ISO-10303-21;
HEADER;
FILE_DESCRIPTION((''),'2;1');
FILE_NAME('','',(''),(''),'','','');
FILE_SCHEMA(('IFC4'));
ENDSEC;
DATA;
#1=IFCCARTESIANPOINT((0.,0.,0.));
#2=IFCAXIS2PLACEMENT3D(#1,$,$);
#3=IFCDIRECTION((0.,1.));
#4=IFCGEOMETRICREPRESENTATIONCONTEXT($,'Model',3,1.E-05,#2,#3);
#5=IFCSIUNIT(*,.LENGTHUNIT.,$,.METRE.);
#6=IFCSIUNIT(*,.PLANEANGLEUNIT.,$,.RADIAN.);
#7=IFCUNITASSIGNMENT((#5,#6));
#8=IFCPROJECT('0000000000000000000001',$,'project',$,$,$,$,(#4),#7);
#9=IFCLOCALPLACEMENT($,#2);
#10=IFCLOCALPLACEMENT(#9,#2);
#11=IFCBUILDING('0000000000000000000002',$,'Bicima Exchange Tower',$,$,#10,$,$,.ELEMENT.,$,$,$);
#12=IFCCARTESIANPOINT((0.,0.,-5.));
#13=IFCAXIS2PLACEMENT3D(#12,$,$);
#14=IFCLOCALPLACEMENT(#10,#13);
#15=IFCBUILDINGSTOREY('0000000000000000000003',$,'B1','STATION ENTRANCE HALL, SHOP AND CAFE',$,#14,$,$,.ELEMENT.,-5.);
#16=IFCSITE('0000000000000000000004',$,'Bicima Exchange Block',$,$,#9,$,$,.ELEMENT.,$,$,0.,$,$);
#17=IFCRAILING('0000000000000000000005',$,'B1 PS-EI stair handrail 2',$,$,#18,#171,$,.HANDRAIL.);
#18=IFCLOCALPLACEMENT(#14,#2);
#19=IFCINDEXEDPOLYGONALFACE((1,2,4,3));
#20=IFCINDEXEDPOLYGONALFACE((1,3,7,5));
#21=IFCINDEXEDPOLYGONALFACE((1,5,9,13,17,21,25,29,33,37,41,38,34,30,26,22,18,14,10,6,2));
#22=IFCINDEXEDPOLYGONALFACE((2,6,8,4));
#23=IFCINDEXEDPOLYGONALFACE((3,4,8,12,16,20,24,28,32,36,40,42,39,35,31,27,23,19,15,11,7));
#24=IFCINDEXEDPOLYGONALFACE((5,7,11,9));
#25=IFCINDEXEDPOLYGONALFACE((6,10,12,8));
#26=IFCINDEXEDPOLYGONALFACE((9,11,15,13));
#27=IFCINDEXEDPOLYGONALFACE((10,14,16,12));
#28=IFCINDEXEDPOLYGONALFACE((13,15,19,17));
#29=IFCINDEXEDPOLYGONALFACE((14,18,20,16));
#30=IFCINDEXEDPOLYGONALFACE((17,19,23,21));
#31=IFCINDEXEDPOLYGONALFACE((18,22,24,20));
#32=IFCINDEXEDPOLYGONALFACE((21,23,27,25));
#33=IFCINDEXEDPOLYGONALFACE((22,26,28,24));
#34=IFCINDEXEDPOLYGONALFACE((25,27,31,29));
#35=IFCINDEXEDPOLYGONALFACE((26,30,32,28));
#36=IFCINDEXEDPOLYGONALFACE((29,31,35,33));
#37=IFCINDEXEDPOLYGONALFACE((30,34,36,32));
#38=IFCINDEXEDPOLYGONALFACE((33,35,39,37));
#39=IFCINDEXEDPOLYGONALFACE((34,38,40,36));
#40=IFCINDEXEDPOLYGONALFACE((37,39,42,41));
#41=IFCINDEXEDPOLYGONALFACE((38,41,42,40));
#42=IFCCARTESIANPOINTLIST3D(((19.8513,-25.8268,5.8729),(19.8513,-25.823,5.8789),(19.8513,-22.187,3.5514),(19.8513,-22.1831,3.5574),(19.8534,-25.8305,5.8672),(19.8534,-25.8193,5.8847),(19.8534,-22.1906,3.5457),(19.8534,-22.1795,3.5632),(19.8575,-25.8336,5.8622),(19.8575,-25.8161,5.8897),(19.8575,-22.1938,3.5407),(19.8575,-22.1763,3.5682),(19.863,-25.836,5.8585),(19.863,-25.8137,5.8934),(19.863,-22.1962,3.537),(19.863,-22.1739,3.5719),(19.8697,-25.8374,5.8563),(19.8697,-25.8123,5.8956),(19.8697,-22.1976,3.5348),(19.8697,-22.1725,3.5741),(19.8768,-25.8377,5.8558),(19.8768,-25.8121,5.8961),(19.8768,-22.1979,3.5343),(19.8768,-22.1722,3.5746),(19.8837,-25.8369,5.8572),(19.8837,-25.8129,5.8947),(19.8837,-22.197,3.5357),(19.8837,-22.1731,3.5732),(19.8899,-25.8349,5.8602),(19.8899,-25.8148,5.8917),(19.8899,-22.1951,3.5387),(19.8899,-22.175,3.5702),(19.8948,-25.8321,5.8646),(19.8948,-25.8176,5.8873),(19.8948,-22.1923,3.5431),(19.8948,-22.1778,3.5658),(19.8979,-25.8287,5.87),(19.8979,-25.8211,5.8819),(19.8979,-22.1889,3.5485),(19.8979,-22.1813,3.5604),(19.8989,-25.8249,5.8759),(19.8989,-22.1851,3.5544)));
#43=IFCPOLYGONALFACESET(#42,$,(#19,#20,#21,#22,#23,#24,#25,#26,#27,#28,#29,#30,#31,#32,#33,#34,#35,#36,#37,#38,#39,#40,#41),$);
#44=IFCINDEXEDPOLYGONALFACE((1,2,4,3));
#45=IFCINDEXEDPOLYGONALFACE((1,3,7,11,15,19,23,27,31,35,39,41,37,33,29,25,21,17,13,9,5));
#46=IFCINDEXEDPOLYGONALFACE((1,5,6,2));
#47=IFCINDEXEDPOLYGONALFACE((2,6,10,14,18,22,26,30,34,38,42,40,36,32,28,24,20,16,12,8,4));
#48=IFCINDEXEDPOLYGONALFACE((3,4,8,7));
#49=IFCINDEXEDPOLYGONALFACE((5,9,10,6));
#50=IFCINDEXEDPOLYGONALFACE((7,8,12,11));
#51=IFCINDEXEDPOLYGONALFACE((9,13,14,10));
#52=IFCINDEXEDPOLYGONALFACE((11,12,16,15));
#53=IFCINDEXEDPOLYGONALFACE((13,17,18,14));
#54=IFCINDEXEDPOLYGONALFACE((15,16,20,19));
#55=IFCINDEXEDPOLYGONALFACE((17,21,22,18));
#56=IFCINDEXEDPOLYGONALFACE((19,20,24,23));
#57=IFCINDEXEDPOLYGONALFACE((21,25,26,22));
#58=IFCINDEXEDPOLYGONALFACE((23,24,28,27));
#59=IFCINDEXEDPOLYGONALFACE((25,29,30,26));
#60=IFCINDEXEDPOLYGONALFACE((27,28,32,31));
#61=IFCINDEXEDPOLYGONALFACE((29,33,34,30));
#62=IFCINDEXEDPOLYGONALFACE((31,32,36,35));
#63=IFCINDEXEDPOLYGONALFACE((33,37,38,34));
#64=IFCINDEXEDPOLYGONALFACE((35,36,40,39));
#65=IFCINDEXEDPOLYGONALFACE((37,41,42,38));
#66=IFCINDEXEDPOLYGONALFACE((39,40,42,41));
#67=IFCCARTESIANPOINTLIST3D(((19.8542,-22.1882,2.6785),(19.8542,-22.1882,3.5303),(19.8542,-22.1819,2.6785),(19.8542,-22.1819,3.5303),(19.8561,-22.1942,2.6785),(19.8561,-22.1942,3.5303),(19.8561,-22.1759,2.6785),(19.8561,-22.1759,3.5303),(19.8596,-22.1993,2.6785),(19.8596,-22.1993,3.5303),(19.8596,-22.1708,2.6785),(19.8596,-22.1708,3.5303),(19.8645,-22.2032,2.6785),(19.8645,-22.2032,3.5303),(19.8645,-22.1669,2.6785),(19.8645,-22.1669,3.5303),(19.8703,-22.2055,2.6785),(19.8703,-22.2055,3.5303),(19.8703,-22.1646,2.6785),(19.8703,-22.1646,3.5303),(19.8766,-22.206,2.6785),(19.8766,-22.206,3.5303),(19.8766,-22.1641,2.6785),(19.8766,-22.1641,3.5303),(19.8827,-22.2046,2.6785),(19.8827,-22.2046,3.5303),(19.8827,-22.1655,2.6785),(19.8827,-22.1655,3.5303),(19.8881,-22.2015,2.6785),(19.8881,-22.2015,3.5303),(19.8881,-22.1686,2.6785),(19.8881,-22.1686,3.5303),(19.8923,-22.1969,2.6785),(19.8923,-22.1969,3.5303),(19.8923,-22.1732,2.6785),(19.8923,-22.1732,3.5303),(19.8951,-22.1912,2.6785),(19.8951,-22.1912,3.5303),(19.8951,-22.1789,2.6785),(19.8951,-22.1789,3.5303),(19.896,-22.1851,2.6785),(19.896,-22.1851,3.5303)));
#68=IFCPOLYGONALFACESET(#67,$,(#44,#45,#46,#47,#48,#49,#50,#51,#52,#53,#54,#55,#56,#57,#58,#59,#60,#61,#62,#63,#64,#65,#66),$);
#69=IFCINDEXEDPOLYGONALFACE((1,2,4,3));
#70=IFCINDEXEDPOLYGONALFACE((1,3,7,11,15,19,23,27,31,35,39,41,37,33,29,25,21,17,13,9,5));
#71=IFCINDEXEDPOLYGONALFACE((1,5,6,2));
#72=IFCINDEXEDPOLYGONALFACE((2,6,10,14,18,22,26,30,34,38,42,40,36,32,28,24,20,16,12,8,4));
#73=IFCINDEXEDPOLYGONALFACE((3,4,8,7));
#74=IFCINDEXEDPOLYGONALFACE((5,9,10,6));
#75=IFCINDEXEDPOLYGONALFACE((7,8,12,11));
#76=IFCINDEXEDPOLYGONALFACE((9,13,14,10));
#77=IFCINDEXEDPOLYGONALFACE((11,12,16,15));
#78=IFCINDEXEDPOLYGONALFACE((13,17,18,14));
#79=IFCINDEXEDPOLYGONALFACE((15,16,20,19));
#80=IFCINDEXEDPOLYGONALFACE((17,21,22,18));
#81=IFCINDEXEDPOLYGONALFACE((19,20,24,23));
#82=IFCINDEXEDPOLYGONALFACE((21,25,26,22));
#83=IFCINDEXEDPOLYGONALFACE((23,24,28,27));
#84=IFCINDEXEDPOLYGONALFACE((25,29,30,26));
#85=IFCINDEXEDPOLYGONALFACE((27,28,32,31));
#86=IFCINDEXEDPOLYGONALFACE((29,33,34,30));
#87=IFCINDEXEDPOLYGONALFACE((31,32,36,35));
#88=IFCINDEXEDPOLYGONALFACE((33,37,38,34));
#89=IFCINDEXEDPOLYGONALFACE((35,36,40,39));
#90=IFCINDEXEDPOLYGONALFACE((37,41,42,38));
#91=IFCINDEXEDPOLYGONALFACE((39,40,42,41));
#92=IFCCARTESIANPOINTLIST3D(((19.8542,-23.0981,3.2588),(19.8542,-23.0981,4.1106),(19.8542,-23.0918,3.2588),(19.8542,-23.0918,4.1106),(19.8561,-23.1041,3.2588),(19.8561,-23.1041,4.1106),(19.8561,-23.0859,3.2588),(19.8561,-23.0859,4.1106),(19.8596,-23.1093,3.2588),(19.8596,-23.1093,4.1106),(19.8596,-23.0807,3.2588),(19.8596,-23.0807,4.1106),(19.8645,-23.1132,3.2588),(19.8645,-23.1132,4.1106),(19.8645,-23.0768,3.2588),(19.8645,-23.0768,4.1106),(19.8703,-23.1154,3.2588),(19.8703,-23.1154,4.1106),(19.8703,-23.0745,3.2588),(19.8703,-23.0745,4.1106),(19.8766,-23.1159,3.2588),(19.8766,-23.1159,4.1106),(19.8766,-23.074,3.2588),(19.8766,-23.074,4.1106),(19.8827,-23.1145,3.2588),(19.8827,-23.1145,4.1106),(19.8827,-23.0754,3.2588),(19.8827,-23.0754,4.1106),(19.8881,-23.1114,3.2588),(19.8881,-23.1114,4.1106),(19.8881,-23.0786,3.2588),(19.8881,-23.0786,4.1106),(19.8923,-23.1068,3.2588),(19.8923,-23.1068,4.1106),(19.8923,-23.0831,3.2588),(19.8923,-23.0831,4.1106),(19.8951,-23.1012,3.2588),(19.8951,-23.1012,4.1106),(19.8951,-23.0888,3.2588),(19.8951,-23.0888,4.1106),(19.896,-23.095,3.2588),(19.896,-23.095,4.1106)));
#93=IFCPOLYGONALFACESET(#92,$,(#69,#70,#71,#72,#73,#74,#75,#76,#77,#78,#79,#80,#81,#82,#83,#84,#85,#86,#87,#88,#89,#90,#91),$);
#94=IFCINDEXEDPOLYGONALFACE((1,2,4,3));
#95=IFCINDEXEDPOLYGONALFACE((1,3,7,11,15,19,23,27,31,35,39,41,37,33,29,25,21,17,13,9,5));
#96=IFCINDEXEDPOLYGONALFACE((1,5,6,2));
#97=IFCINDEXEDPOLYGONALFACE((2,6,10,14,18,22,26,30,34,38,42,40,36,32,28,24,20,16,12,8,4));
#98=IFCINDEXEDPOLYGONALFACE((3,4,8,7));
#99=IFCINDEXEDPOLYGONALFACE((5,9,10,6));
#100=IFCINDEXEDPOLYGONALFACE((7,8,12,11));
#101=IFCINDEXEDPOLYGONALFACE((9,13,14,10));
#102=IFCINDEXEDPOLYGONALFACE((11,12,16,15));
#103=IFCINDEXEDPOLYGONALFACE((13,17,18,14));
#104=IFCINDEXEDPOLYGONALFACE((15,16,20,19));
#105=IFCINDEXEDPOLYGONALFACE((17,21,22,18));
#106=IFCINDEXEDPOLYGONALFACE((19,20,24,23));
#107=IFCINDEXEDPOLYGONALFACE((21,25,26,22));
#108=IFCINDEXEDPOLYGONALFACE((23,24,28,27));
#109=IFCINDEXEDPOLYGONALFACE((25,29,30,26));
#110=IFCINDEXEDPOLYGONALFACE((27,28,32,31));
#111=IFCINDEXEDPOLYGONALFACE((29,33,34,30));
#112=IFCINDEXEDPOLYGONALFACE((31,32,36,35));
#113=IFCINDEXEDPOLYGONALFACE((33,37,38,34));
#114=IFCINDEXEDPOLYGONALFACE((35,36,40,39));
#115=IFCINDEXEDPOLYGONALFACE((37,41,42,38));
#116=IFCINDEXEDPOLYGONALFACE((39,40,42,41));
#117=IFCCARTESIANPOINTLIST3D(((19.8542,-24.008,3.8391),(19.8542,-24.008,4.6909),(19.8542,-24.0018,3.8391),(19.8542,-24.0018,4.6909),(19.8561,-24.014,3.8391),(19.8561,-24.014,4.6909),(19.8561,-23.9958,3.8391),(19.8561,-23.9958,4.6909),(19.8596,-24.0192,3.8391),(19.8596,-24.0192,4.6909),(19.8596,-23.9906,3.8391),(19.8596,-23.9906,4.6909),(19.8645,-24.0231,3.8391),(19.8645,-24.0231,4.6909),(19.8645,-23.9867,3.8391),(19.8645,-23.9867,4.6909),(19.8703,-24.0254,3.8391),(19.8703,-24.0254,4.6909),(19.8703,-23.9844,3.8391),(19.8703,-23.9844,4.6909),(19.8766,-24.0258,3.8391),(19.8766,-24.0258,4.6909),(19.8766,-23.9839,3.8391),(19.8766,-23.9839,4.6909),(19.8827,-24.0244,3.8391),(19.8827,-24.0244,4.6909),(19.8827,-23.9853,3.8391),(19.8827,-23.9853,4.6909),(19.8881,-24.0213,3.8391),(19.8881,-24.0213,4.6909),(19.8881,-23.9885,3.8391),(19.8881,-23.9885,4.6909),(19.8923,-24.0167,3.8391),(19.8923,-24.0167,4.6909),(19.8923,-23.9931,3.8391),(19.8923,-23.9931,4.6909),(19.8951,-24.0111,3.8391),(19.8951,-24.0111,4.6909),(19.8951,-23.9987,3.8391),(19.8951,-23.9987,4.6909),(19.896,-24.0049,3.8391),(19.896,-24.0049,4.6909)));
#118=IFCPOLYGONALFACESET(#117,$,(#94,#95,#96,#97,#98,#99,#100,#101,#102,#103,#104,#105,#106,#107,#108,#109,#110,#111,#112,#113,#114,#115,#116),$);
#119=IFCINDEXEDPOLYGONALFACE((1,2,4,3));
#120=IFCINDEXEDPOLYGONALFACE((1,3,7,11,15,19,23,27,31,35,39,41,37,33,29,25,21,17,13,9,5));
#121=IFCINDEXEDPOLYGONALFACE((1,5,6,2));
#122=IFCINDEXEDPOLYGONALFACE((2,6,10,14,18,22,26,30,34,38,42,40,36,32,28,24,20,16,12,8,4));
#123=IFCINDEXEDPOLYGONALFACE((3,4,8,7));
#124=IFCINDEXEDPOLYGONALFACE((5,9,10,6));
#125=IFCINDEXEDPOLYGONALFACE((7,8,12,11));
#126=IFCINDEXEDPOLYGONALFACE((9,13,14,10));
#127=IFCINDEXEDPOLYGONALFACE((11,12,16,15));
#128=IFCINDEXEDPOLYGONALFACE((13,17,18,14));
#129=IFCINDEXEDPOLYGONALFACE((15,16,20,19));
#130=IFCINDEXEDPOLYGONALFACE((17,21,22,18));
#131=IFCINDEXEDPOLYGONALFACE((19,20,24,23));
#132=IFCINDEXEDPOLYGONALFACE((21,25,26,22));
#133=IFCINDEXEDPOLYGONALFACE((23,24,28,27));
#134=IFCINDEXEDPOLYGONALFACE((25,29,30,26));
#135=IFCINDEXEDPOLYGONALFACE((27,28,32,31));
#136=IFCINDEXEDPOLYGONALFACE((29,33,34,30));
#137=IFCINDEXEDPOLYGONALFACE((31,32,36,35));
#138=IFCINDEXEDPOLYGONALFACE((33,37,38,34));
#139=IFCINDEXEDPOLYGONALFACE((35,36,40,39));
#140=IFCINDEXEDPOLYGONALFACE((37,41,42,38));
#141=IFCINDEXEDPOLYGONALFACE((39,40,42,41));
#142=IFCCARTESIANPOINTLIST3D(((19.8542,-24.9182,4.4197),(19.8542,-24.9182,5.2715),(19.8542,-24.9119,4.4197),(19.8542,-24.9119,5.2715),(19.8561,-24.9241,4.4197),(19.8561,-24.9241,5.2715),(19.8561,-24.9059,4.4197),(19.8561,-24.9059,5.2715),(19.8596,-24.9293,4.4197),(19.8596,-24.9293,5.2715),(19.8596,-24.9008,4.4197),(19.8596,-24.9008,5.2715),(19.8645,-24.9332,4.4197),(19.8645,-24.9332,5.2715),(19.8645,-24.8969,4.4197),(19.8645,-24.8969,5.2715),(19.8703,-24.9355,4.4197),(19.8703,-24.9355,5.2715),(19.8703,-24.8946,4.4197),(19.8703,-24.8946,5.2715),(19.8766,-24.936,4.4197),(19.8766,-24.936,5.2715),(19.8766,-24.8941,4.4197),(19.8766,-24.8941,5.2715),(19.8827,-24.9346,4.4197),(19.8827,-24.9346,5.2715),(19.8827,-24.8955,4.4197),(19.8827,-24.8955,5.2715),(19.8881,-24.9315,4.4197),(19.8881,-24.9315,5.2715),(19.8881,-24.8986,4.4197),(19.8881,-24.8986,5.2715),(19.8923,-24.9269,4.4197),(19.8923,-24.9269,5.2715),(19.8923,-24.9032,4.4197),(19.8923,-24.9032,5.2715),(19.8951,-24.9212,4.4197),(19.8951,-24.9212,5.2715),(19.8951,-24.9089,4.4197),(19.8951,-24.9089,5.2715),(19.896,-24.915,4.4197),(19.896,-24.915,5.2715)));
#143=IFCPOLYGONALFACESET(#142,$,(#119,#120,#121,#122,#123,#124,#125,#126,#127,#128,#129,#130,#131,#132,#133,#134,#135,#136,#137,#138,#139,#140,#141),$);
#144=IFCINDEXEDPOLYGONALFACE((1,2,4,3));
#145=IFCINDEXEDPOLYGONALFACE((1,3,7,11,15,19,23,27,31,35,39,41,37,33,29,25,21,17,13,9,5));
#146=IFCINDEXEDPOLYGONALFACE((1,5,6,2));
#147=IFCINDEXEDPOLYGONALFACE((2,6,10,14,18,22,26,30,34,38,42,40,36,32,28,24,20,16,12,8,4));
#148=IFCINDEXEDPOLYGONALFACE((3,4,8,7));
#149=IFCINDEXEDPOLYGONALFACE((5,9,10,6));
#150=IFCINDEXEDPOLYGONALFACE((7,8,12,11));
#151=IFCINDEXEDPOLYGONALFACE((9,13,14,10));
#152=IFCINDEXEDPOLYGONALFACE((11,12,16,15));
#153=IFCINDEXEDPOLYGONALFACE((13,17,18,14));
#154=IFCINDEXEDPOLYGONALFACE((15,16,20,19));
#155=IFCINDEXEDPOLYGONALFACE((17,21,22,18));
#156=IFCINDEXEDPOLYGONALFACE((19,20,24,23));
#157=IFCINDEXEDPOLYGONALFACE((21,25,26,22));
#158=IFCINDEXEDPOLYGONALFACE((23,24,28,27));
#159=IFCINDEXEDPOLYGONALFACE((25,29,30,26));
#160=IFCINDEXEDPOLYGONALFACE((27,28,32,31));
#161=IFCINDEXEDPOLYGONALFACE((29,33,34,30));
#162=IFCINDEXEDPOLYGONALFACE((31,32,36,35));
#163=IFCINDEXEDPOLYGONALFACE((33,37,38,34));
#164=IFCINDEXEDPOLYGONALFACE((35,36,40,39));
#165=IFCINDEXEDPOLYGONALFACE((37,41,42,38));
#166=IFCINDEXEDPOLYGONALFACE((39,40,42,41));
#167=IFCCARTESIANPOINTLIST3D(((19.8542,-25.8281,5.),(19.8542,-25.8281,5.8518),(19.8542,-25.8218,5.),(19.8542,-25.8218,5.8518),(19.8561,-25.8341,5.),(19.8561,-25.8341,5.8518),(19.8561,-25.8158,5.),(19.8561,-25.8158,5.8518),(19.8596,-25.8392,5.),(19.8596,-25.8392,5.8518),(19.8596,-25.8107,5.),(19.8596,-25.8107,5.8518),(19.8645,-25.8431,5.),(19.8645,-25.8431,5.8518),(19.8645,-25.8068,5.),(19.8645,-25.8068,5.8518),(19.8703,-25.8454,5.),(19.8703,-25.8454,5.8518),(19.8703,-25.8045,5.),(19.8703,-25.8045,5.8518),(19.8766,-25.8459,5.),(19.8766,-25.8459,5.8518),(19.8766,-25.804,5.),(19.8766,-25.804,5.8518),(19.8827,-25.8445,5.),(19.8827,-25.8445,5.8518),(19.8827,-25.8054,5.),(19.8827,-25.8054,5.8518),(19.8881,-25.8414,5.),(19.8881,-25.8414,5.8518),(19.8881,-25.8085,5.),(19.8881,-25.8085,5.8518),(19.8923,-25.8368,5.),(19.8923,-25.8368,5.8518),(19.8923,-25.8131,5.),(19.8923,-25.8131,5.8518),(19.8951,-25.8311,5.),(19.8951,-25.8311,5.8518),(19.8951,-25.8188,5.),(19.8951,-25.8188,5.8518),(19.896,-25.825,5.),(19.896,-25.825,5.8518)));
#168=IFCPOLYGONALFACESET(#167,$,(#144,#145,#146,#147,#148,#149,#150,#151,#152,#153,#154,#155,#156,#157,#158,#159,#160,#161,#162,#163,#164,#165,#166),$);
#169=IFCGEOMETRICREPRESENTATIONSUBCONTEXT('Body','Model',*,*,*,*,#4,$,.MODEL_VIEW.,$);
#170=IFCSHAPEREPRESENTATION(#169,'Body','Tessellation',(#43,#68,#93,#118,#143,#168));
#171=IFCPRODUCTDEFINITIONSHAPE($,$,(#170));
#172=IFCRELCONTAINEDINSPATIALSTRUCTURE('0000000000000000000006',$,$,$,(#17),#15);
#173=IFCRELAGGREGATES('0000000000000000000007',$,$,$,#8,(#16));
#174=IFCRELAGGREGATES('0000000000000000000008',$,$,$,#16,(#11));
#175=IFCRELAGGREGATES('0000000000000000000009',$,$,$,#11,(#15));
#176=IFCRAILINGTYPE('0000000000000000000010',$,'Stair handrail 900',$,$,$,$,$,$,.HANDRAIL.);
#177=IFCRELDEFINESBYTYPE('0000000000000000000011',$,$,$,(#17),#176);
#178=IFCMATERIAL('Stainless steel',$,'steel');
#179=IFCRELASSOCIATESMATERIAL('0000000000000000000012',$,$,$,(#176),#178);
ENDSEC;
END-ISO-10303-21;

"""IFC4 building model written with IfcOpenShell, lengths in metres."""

from ifc_helpers import new_model, si_unit, direction, frame, origin, origin_2d, place, context, subcontext, project, spatial, circle, extrude, material, type_object, element, save


model = new_model("IFC4")

# Units and contexts
model_context = context("Model", 3, precision=1e-05, world=origin(), true_north=direction((0.0, 1.0)))
body_context = subcontext(model_context, "Body", "Model", "MODEL_VIEW")
ifc_project = project(units=[si_unit("LENGTHUNIT", "METRE"), si_unit("PLANEANGLEUNIT", "RADIAN")], contexts=[model_context])

# Site, building, storey
site_placement = place(None, origin())
site = spatial("IfcSite", under=ifc_project, at=site_placement, Name="Bicima Exchange Block", CompositionType="ELEMENT", RefElevation=0.0)
building_placement = place(site_placement, origin())
building = spatial("IfcBuilding", under=site, at=building_placement, Name="Bicima Exchange Tower", CompositionType="ELEMENT")
storey_placement = place(building_placement, frame((0.0, 0.0, -5.0)))
storey = spatial("IfcBuildingStorey", under=building, at=storey_placement, Name="B1", Description="STATION ENTRANCE HALL, SHOP AND CAFE", CompositionType="ELEMENT", Elevation=-5.0)

# Railing
ifc_material_1 = material(Name="Stainless steel", Category="steel")
railing_type_1 = type_object("IfcRailingType", Name="Stair handrail 900", PredefinedType="HANDRAIL", material=ifc_material_1)
railing_1_placement = place(storey_placement, frame((19.875, -22.1851, 2.6785)))
element("IfcRailing", 1, at=railing_1_placement, inside=storey, type_object=railing_type_1, Name="B1 PS-EI stair handrail 2", PredefinedType="HANDRAIL", context=body_context, shape_type="SweptSolid", body=[
    extrude(circle(Radius=0.0239, at=origin_2d()), frame((0.0, 0.0, 0.876), z_axis=(0.0, -0.843112, 0.537739), x_axis=(1.0, 0.0, 0.0)), (0.0, 0.0, 1.0), 4.3171),
    extrude(circle(Radius=0.021, at=origin_2d()), origin(), (0.0, 0.0, 1.0), 0.8518),
    extrude(circle(Radius=0.021, at=origin_2d()), frame((0.0, -0.9099, 0.5803)), (0.0, 0.0, 1.0), 0.8518),
    extrude(circle(Radius=0.021, at=origin_2d()), frame((0.0, -1.8198, 1.1606)), (0.0, 0.0, 1.0), 0.8518),
    extrude(circle(Radius=0.021, at=origin_2d()), frame((0.0, -2.73, 1.7412)), (0.0, 0.0, 1.0), 0.8518),
    extrude(circle(Radius=0.021, at=origin_2d()), frame((0.0, -3.6399, 2.3215)), (0.0, 0.0, 1.0), 0.8518),
])

save(model, "model.ifc")
